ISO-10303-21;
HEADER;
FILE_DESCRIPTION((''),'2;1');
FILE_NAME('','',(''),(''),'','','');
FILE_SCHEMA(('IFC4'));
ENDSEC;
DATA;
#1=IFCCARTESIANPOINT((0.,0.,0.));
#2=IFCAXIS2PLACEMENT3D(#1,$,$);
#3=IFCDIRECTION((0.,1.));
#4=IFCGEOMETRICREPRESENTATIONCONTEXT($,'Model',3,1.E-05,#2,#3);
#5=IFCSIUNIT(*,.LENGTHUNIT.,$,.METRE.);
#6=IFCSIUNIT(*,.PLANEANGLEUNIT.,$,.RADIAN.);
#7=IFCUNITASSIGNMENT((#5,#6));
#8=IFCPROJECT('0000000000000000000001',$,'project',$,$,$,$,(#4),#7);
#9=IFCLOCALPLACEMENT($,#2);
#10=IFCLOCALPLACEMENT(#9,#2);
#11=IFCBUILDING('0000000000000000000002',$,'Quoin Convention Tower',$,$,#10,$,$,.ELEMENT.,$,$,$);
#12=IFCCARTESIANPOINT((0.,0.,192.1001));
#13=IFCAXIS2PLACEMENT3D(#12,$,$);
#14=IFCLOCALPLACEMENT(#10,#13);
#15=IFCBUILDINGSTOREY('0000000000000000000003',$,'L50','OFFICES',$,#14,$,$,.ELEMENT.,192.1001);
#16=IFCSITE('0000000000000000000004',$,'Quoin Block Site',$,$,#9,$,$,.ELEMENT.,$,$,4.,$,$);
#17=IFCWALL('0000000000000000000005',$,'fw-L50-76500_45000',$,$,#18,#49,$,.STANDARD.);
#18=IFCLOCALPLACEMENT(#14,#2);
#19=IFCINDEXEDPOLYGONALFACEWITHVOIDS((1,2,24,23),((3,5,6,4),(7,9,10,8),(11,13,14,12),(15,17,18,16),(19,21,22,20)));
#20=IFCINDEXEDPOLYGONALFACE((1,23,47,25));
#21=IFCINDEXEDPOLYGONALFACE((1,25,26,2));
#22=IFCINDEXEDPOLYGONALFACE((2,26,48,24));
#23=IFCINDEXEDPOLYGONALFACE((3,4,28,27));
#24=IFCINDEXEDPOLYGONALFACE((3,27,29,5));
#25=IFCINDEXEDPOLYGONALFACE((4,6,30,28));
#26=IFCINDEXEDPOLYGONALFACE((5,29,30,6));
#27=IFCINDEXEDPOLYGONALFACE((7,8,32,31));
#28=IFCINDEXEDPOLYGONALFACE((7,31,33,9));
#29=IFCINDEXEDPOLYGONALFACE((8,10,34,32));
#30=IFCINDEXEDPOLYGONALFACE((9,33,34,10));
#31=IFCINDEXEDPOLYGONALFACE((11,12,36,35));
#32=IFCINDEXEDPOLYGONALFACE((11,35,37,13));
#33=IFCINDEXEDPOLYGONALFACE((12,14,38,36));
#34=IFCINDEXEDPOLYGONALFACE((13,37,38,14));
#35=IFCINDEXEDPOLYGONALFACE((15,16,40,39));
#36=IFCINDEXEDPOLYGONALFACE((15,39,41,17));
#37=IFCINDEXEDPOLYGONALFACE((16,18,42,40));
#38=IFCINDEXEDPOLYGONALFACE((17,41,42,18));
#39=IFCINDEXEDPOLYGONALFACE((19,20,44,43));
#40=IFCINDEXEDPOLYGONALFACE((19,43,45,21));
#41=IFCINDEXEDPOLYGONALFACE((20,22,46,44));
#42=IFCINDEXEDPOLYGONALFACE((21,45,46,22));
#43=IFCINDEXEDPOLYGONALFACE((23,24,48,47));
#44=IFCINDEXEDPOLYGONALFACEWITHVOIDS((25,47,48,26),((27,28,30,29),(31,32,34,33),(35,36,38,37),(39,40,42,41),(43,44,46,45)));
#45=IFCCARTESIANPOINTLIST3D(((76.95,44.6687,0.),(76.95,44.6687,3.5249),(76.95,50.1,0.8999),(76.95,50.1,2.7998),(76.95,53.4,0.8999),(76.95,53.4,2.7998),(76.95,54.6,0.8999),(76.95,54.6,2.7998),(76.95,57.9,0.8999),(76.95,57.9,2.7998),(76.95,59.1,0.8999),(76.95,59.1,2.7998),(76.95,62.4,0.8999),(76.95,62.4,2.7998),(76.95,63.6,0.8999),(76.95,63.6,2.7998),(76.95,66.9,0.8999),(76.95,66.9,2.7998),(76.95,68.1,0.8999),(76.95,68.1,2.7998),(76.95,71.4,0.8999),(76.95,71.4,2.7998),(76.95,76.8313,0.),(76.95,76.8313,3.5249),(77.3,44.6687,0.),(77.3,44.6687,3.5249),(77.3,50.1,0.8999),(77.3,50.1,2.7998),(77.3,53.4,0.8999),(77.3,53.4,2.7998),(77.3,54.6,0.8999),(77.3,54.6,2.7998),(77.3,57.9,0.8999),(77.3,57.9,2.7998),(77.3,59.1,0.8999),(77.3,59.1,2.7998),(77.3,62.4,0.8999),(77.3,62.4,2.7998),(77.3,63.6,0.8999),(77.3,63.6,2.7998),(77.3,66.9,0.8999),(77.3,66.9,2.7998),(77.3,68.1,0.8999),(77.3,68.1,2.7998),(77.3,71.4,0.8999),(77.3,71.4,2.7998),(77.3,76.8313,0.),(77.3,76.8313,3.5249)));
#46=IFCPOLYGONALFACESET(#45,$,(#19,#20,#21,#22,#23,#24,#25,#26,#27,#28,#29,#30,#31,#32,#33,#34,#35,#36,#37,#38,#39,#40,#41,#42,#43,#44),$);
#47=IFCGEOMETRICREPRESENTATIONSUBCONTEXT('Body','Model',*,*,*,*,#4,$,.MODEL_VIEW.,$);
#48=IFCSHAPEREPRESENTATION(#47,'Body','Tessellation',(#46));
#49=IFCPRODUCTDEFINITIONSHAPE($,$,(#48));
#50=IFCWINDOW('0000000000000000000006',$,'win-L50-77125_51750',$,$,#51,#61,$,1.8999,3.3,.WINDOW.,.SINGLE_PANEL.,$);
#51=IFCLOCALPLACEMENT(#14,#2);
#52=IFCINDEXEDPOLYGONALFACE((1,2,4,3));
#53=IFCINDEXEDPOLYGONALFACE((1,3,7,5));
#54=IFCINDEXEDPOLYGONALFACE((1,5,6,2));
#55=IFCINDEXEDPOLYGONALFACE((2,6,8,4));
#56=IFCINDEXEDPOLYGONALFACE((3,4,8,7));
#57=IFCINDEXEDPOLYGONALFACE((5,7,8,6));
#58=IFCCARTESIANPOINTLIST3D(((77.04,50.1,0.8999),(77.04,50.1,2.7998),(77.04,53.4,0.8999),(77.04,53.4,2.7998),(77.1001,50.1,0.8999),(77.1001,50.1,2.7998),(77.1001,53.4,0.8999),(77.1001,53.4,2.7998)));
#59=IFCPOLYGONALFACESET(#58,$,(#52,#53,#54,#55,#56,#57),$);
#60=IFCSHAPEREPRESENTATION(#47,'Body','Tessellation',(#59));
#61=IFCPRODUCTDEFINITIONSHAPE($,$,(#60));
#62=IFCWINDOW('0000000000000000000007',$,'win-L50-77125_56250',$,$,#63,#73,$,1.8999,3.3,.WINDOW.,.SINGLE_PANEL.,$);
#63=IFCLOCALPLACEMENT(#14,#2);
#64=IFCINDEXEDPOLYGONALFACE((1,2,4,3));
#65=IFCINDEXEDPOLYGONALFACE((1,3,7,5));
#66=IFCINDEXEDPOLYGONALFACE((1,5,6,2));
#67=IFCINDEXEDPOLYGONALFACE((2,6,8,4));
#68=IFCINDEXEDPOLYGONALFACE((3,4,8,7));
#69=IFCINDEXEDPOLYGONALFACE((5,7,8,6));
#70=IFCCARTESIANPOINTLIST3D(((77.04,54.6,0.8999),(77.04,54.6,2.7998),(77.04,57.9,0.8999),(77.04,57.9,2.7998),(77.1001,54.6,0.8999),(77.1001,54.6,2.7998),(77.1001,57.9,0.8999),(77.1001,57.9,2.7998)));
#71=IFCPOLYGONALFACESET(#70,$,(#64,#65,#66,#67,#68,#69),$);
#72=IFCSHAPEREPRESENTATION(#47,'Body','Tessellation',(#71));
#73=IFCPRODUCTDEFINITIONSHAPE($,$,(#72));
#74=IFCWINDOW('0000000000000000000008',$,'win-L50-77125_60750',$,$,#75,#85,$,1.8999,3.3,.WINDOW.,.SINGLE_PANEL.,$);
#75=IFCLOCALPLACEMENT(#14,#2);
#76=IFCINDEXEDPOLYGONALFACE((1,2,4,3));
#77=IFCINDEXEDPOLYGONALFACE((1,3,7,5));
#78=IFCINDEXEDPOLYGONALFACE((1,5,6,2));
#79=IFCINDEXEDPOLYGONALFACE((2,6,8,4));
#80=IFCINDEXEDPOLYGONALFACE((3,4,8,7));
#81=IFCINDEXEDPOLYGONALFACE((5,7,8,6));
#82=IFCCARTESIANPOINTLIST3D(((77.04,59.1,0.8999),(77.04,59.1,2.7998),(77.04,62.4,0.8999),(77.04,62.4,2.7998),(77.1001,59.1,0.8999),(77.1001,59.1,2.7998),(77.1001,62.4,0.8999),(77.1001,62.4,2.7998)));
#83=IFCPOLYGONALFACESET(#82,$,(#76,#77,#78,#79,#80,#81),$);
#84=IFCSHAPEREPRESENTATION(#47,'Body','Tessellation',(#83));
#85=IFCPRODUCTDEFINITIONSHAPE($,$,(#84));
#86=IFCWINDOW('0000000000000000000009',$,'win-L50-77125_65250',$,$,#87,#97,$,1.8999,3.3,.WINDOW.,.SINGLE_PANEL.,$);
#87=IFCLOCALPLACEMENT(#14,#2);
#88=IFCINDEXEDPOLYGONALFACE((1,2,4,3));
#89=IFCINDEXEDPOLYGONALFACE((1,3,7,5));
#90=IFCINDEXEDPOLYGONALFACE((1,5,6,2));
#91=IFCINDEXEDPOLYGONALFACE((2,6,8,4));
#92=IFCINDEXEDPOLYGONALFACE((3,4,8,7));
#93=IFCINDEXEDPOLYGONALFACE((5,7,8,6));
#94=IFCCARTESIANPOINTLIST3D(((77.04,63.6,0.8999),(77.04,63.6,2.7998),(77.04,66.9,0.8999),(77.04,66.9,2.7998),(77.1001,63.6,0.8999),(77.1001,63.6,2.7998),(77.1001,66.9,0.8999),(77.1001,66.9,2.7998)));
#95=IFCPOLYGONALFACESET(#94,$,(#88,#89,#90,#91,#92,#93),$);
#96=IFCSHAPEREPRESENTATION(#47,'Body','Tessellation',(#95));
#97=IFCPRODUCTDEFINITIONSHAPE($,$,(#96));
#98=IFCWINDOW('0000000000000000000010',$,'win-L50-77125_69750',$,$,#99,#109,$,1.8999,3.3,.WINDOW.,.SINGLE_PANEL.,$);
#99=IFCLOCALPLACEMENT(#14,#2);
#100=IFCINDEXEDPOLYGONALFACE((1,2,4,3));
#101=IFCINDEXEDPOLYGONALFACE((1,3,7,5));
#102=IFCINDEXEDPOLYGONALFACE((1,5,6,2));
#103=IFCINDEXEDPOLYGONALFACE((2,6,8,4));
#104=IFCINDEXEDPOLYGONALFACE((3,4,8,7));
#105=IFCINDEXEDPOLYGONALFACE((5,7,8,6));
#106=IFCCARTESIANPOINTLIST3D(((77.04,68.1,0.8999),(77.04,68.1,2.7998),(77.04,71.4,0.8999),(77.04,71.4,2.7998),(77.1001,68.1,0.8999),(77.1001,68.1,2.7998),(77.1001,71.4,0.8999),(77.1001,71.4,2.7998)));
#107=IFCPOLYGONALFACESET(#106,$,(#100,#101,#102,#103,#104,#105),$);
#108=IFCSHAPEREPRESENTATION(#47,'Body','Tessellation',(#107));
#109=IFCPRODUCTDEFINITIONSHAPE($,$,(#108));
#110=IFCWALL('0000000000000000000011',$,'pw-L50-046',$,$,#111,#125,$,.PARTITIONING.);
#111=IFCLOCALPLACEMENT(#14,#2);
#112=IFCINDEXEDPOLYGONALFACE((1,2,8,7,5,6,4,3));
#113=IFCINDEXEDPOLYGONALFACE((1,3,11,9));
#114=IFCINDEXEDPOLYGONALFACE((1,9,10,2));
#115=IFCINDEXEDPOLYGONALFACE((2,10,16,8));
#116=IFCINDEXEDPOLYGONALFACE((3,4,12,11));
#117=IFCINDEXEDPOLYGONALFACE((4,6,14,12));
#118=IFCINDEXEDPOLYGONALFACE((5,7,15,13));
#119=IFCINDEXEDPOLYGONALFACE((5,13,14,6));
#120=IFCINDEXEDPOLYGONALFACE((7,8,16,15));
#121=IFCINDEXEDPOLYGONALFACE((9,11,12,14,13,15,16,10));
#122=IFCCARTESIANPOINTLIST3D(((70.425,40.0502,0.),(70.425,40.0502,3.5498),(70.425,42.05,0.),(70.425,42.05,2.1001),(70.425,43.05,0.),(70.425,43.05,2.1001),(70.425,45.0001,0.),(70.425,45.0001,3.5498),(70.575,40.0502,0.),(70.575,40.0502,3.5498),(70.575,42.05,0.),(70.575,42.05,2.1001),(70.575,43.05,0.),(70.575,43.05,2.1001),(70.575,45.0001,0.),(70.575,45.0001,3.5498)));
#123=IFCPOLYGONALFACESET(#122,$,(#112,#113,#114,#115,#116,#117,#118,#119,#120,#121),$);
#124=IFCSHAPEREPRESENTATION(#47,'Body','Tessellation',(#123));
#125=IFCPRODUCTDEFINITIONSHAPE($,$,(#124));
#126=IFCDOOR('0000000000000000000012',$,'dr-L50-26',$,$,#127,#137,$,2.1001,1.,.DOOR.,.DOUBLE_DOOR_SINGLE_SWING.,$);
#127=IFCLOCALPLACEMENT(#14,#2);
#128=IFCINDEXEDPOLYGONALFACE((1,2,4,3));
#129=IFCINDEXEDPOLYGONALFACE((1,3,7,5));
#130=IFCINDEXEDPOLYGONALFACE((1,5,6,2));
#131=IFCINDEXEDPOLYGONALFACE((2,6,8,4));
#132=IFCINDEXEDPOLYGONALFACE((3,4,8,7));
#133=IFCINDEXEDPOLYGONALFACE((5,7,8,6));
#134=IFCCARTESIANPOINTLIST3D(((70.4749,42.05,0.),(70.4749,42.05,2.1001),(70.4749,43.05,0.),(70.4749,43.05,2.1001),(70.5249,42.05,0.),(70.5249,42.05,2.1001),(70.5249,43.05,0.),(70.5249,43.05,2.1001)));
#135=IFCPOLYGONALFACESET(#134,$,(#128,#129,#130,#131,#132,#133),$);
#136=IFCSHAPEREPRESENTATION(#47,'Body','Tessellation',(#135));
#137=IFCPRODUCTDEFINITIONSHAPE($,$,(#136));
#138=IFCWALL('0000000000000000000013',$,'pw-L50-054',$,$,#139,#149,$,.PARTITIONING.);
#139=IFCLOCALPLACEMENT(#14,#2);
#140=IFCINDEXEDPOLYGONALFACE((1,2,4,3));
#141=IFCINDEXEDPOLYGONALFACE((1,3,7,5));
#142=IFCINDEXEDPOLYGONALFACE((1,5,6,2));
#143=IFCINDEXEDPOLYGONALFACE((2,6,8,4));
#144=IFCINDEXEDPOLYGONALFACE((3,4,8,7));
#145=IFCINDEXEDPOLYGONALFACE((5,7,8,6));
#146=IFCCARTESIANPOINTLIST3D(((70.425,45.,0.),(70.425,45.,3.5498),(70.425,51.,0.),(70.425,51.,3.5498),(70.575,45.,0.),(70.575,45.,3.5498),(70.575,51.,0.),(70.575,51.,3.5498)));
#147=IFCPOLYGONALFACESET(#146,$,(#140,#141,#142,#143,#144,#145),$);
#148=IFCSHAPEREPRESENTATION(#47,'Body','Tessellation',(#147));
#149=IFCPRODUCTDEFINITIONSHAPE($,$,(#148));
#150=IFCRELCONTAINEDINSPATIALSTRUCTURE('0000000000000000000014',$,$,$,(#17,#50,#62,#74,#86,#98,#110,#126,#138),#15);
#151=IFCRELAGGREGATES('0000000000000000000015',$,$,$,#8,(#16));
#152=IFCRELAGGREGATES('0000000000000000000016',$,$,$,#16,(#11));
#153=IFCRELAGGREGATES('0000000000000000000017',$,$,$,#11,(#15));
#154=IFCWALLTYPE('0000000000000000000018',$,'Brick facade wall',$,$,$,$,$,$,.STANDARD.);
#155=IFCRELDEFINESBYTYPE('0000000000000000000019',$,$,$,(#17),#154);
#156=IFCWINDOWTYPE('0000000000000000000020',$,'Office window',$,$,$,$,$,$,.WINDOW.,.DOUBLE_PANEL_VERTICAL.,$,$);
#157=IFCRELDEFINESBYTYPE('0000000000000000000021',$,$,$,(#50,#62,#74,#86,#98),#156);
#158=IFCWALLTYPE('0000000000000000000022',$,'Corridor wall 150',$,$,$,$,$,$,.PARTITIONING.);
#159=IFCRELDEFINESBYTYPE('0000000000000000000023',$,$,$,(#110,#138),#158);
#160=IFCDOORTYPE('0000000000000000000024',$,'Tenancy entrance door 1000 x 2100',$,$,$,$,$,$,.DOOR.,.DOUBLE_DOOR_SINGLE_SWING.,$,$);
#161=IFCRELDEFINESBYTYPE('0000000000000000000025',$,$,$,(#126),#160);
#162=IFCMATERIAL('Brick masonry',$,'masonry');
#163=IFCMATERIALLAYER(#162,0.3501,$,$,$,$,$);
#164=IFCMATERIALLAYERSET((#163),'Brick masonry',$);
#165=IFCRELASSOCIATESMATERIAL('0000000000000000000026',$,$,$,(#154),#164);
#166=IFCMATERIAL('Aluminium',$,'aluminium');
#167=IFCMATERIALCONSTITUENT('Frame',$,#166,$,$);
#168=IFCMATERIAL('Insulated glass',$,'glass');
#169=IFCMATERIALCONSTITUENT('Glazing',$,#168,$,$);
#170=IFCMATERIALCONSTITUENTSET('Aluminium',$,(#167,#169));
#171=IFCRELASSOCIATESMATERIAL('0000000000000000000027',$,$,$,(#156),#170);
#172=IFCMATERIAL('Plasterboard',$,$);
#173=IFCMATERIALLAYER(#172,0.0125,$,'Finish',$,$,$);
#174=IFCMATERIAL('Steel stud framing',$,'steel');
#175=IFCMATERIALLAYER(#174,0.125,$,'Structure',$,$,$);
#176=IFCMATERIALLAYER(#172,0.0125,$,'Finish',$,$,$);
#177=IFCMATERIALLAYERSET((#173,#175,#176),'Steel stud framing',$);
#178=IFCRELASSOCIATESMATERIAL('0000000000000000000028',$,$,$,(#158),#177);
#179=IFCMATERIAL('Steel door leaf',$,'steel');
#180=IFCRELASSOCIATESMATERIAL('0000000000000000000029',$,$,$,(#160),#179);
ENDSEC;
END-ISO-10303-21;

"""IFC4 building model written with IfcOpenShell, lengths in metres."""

from ifc_helpers import new_model, si_unit, direction, frame, frame_2d, origin, place, context, subcontext, project, spatial, rectangle, extrude, material, layer, layer_set, constituent, constituent_set, type_object, element, fill, save


model = new_model("IFC4")

# Units and contexts
model_context = context("Model", 3, precision=1e-05, world=origin(), true_north=direction((0.0, 1.0)))
body_context = subcontext(model_context, "Body", "Model", "MODEL_VIEW")
ifc_project = project(units=[si_unit("LENGTHUNIT", "METRE"), si_unit("PLANEANGLEUNIT", "RADIAN")], contexts=[model_context])

# Site, building, storey
site_placement = place(None, origin())
site = spatial("IfcSite", under=ifc_project, at=site_placement, Name="Quoin Block Site", CompositionType="ELEMENT", RefElevation=4.0)
building_placement = place(site_placement, origin())
building = spatial("IfcBuilding", under=site, at=building_placement, Name="Quoin Convention Tower", CompositionType="ELEMENT")
storey_placement = place(building_placement, frame((0.0, 0.0, 192.1001)))
storey = spatial("IfcBuildingStorey", under=building, at=storey_placement, Name="L50", Description="OFFICES", CompositionType="ELEMENT", Elevation=192.1001)

# Shared definitions
ifc_material_1 = material(Name="Plasterboard")
ifc_material_2 = material(Name="Steel stud framing", Category="steel")

# Shared definitions
ifc_material_3 = material(Name="Brick masonry", Category="masonry")
ifc_layer_1 = layer(ifc_material_3, 0.3501)
ifc_layer_set_1 = layer_set([ifc_layer_1], Name="Brick masonry")
wall_type_1 = type_object("IfcWallType", Name="Brick facade wall", PredefinedType="STANDARD", material=ifc_layer_set_1)
ifc_material_4 = material(Name="Aluminium", Category="aluminium")
ifc_constituent_1 = constituent(ifc_material_4, Name="Frame")
ifc_material_5 = material(Name="Insulated glass", Category="glass")
ifc_constituent_2 = constituent(ifc_material_5, Name="Glazing")
ifc_constituent_set = constituent_set(constituents=[ifc_constituent_1, ifc_constituent_2], Name="Aluminium")
window_type = type_object("IfcWindowType", Name="Office window", PartitioningType="DOUBLE_PANEL_VERTICAL", PredefinedType="WINDOW", material=ifc_constituent_set)

# Wall, openings, windows
wall_1_placement = place(storey_placement, frame((77.125, 44.6687, 0.0), z_axis=(0.0, 0.0, 1.0), x_axis=(0.0, 1.0, 0.0)))
wall_1 = element("IfcWall", 1, at=wall_1_placement, inside=storey, type_object=wall_type_1, Name="fw-L50-76500_45000", PredefinedType="STANDARD", context=body_context, shape_type="SweptSolid", body=[
    extrude(rectangle(XDim=32.1626, YDim=0.3501, at=frame_2d((16.0813, 0.0))), origin(), (0.0, 0.0, 1.0), 3.5249),
])
opening_1_placement = place(wall_1_placement, frame((5.4314, 0.0, 0.8999)))
opening_1 = element("IfcOpeningElement", 2, at=opening_1_placement, cuts=wall_1, PredefinedType="OPENING", context=body_context, shape_type="SweptSolid", body=[
    extrude(rectangle(XDim=3.3, YDim=1.8999, at=frame_2d((1.6499, 0.95))), frame((0.0, 0.1851, 0.0), z_axis=(0.0, -1.0, 0.0), x_axis=(1.0, 0.0, 0.0)), (0.0, 0.0, 1.0), 0.3701),
])
opening_2_placement = place(wall_1_placement, frame((9.9314, 0.0, 0.8999)))
opening_2 = element("IfcOpeningElement", 3, at=opening_2_placement, cuts=wall_1, PredefinedType="OPENING", context=body_context, shape_type="SweptSolid", body=[
    extrude(rectangle(XDim=3.3, YDim=1.8999, at=frame_2d((1.6499, 0.95))), frame((0.0, 0.1851, 0.0), z_axis=(0.0, -1.0, 0.0), x_axis=(1.0, 0.0, 0.0)), (0.0, 0.0, 1.0), 0.3701),
])
opening_3_placement = place(wall_1_placement, frame((14.4314, 0.0, 0.8999)))
opening_3 = element("IfcOpeningElement", 4, at=opening_3_placement, cuts=wall_1, PredefinedType="OPENING", context=body_context, shape_type="SweptSolid", body=[
    extrude(rectangle(XDim=3.3, YDim=1.8999, at=frame_2d((1.6499, 0.95))), frame((0.0, 0.1851, 0.0), z_axis=(0.0, -1.0, 0.0), x_axis=(1.0, 0.0, 0.0)), (0.0, 0.0, 1.0), 0.3701),
])
opening_4_placement = place(wall_1_placement, frame((18.9314, 0.0, 0.8999)))
opening_4 = element("IfcOpeningElement", 5, at=opening_4_placement, cuts=wall_1, PredefinedType="OPENING", context=body_context, shape_type="SweptSolid", body=[
    extrude(rectangle(XDim=3.3, YDim=1.8999, at=frame_2d((1.6499, 0.95))), frame((0.0, 0.1851, 0.0), z_axis=(0.0, -1.0, 0.0), x_axis=(1.0, 0.0, 0.0)), (0.0, 0.0, 1.0), 0.3701),
])
opening_5_placement = place(wall_1_placement, frame((23.4314, 0.0, 0.8999)))
opening_5 = element("IfcOpeningElement", 6, at=opening_5_placement, cuts=wall_1, PredefinedType="OPENING", context=body_context, shape_type="SweptSolid", body=[
    extrude(rectangle(XDim=3.3, YDim=1.8999, at=frame_2d((1.6499, 0.95))), frame((0.0, 0.1851, 0.0), z_axis=(0.0, -1.0, 0.0), x_axis=(1.0, 0.0, 0.0)), (0.0, 0.0, 1.0), 0.3701),
])
window_1_placement = place(opening_1_placement, origin())
window_1 = element("IfcWindow", 7, at=window_1_placement, inside=storey, type_object=window_type, Name="win-L50-77125_51750", OverallHeight=1.8999, OverallWidth=3.3, PartitioningType="SINGLE_PANEL", PredefinedType="WINDOW", context=body_context, shape_type="SweptSolid", body=[
    extrude(rectangle(XDim=3.3, YDim=1.8999, at=frame_2d((1.6499, 0.95))), frame((0.0, 0.085, 0.0), z_axis=(0.0, -1.0, 0.0), x_axis=(1.0, 0.0, 0.0)), (0.0, 0.0, 1.0), 0.0601),
])
fill(opening_1, window_1)
window_2_placement = place(opening_2_placement, origin())
window_2 = element("IfcWindow", 8, at=window_2_placement, inside=storey, type_object=window_type, Name="win-L50-77125_56250", OverallHeight=1.8999, OverallWidth=3.3, PartitioningType="SINGLE_PANEL", PredefinedType="WINDOW", context=body_context, shape_type="SweptSolid", body=[
    extrude(rectangle(XDim=3.3, YDim=1.8999, at=frame_2d((1.6499, 0.95))), frame((0.0, 0.085, 0.0), z_axis=(0.0, -1.0, 0.0), x_axis=(1.0, 0.0, 0.0)), (0.0, 0.0, 1.0), 0.0601),
])
fill(opening_2, window_2)
window_3_placement = place(opening_3_placement, origin())
window_3 = element("IfcWindow", 9, at=window_3_placement, inside=storey, type_object=window_type, Name="win-L50-77125_60750", OverallHeight=1.8999, OverallWidth=3.3, PartitioningType="SINGLE_PANEL", PredefinedType="WINDOW", context=body_context, shape_type="SweptSolid", body=[
    extrude(rectangle(XDim=3.3, YDim=1.8999, at=frame_2d((1.6499, 0.95))), frame((0.0, 0.085, 0.0), z_axis=(0.0, -1.0, 0.0), x_axis=(1.0, 0.0, 0.0)), (0.0, 0.0, 1.0), 0.0601),
])
fill(opening_3, window_3)
window_4_placement = place(opening_4_placement, origin())
window_4 = element("IfcWindow", 10, at=window_4_placement, inside=storey, type_object=window_type, Name="win-L50-77125_65250", OverallHeight=1.8999, OverallWidth=3.3, PartitioningType="SINGLE_PANEL", PredefinedType="WINDOW", context=body_context, shape_type="SweptSolid", body=[
    extrude(rectangle(XDim=3.3, YDim=1.8999, at=frame_2d((1.6499, 0.95))), frame((0.0, 0.085, 0.0), z_axis=(0.0, -1.0, 0.0), x_axis=(1.0, 0.0, 0.0)), (0.0, 0.0, 1.0), 0.0601),
])
fill(opening_4, window_4)
window_5_placement = place(opening_5_placement, origin())
window_5 = element("IfcWindow", 11, at=window_5_placement, inside=storey, type_object=window_type, Name="win-L50-77125_69750", OverallHeight=1.8999, OverallWidth=3.3, PartitioningType="SINGLE_PANEL", PredefinedType="WINDOW", context=body_context, shape_type="SweptSolid", body=[
    extrude(rectangle(XDim=3.3, YDim=1.8999, at=frame_2d((1.6499, 0.95))), frame((0.0, 0.085, 0.0), z_axis=(0.0, -1.0, 0.0), x_axis=(1.0, 0.0, 0.0)), (0.0, 0.0, 1.0), 0.0601),
])
fill(opening_5, window_5)

# Wall, opening, door
ifc_layer_2 = layer(ifc_material_1, 0.0125, Name="Finish")
ifc_layer_3 = layer(ifc_material_2, 0.125, Name="Structure")
ifc_layer_4 = layer(ifc_material_1, 0.0125, Name="Finish")
ifc_layer_set_2 = layer_set([ifc_layer_2, ifc_layer_3, ifc_layer_4], Name="Steel stud framing")
wall_type_2 = type_object("IfcWallType", Name="Corridor wall 150", PredefinedType="PARTITIONING", material=ifc_layer_set_2)
wall_2_placement = place(storey_placement, frame((70.5, 40.05, 0.0), z_axis=(0.0, 0.0, 1.0), x_axis=(0.0, 1.0, 0.0)))
wall_2 = element("IfcWall", 12, at=wall_2_placement, inside=storey, type_object=wall_type_2, Name="pw-L50-046", PredefinedType="PARTITIONING", context=body_context, shape_type="SweptSolid", body=[
    extrude(rectangle(XDim=4.95, YDim=0.1499, at=frame_2d((2.4751, 0.0))), origin(), (0.0, 0.0, 1.0), 3.5498),
])
opening_6_placement = place(wall_2_placement, frame((2.0, 0.0, 0.0)))
opening_6 = element("IfcOpeningElement", 13, at=opening_6_placement, cuts=wall_2, PredefinedType="OPENING", context=body_context, shape_type="SweptSolid", body=[
    extrude(rectangle(XDim=1.0, YDim=2.1001, at=frame_2d((0.5, 1.05))), frame((0.0, 0.085, 0.0), z_axis=(0.0, -1.0, 0.0), x_axis=(1.0, 0.0, 0.0)), (0.0, 0.0, 1.0), 0.1699),
])
ifc_material_6 = material(Name="Steel door leaf", Category="steel")
door_type_1 = type_object("IfcDoorType", Name="Tenancy entrance door 1000 x 2100", OperationType="DOUBLE_DOOR_SINGLE_SWING", PredefinedType="DOOR", material=ifc_material_6)
door_1_placement = place(opening_6_placement, frame((1.0, 0.0, 0.0), z_axis=(0.0, 0.0, 1.0), x_axis=(-1.0, 0.0, 0.0)))
door_1 = element("IfcDoor", 14, at=door_1_placement, inside=storey, type_object=door_type_1, Name="dr-L50-26", OperationType="DOUBLE_DOOR_SINGLE_SWING", OverallHeight=2.1001, OverallWidth=1.0, PredefinedType="DOOR", context=body_context, shape_type="SweptSolid", body=[
    extrude(rectangle(XDim=1.0, YDim=2.1001, at=frame_2d((0.5, 1.05))), frame((0.0, 0.0249, 0.0), z_axis=(0.0, -1.0, 0.0), x_axis=(1.0, 0.0, 0.0)), (0.0, 0.0, 1.0), 0.05),
])
fill(opening_6, door_1)

# Wall
wall_3_placement = place(storey_placement, frame((70.5, 45.0, 0.0), z_axis=(0.0, 0.0, 1.0), x_axis=(0.0, 1.0, 0.0)))
element("IfcWall", 15, at=wall_3_placement, inside=storey, type_object=wall_type_2, Name="pw-L50-054", PredefinedType="PARTITIONING", context=body_context, shape_type="SweptSolid", body=[
    extrude(rectangle(XDim=6.0, YDim=0.1499, at=frame_2d((3.0, 0.0))), origin(), (0.0, 0.0, 1.0), 3.5498),
])

save(model, "model.ifc")
